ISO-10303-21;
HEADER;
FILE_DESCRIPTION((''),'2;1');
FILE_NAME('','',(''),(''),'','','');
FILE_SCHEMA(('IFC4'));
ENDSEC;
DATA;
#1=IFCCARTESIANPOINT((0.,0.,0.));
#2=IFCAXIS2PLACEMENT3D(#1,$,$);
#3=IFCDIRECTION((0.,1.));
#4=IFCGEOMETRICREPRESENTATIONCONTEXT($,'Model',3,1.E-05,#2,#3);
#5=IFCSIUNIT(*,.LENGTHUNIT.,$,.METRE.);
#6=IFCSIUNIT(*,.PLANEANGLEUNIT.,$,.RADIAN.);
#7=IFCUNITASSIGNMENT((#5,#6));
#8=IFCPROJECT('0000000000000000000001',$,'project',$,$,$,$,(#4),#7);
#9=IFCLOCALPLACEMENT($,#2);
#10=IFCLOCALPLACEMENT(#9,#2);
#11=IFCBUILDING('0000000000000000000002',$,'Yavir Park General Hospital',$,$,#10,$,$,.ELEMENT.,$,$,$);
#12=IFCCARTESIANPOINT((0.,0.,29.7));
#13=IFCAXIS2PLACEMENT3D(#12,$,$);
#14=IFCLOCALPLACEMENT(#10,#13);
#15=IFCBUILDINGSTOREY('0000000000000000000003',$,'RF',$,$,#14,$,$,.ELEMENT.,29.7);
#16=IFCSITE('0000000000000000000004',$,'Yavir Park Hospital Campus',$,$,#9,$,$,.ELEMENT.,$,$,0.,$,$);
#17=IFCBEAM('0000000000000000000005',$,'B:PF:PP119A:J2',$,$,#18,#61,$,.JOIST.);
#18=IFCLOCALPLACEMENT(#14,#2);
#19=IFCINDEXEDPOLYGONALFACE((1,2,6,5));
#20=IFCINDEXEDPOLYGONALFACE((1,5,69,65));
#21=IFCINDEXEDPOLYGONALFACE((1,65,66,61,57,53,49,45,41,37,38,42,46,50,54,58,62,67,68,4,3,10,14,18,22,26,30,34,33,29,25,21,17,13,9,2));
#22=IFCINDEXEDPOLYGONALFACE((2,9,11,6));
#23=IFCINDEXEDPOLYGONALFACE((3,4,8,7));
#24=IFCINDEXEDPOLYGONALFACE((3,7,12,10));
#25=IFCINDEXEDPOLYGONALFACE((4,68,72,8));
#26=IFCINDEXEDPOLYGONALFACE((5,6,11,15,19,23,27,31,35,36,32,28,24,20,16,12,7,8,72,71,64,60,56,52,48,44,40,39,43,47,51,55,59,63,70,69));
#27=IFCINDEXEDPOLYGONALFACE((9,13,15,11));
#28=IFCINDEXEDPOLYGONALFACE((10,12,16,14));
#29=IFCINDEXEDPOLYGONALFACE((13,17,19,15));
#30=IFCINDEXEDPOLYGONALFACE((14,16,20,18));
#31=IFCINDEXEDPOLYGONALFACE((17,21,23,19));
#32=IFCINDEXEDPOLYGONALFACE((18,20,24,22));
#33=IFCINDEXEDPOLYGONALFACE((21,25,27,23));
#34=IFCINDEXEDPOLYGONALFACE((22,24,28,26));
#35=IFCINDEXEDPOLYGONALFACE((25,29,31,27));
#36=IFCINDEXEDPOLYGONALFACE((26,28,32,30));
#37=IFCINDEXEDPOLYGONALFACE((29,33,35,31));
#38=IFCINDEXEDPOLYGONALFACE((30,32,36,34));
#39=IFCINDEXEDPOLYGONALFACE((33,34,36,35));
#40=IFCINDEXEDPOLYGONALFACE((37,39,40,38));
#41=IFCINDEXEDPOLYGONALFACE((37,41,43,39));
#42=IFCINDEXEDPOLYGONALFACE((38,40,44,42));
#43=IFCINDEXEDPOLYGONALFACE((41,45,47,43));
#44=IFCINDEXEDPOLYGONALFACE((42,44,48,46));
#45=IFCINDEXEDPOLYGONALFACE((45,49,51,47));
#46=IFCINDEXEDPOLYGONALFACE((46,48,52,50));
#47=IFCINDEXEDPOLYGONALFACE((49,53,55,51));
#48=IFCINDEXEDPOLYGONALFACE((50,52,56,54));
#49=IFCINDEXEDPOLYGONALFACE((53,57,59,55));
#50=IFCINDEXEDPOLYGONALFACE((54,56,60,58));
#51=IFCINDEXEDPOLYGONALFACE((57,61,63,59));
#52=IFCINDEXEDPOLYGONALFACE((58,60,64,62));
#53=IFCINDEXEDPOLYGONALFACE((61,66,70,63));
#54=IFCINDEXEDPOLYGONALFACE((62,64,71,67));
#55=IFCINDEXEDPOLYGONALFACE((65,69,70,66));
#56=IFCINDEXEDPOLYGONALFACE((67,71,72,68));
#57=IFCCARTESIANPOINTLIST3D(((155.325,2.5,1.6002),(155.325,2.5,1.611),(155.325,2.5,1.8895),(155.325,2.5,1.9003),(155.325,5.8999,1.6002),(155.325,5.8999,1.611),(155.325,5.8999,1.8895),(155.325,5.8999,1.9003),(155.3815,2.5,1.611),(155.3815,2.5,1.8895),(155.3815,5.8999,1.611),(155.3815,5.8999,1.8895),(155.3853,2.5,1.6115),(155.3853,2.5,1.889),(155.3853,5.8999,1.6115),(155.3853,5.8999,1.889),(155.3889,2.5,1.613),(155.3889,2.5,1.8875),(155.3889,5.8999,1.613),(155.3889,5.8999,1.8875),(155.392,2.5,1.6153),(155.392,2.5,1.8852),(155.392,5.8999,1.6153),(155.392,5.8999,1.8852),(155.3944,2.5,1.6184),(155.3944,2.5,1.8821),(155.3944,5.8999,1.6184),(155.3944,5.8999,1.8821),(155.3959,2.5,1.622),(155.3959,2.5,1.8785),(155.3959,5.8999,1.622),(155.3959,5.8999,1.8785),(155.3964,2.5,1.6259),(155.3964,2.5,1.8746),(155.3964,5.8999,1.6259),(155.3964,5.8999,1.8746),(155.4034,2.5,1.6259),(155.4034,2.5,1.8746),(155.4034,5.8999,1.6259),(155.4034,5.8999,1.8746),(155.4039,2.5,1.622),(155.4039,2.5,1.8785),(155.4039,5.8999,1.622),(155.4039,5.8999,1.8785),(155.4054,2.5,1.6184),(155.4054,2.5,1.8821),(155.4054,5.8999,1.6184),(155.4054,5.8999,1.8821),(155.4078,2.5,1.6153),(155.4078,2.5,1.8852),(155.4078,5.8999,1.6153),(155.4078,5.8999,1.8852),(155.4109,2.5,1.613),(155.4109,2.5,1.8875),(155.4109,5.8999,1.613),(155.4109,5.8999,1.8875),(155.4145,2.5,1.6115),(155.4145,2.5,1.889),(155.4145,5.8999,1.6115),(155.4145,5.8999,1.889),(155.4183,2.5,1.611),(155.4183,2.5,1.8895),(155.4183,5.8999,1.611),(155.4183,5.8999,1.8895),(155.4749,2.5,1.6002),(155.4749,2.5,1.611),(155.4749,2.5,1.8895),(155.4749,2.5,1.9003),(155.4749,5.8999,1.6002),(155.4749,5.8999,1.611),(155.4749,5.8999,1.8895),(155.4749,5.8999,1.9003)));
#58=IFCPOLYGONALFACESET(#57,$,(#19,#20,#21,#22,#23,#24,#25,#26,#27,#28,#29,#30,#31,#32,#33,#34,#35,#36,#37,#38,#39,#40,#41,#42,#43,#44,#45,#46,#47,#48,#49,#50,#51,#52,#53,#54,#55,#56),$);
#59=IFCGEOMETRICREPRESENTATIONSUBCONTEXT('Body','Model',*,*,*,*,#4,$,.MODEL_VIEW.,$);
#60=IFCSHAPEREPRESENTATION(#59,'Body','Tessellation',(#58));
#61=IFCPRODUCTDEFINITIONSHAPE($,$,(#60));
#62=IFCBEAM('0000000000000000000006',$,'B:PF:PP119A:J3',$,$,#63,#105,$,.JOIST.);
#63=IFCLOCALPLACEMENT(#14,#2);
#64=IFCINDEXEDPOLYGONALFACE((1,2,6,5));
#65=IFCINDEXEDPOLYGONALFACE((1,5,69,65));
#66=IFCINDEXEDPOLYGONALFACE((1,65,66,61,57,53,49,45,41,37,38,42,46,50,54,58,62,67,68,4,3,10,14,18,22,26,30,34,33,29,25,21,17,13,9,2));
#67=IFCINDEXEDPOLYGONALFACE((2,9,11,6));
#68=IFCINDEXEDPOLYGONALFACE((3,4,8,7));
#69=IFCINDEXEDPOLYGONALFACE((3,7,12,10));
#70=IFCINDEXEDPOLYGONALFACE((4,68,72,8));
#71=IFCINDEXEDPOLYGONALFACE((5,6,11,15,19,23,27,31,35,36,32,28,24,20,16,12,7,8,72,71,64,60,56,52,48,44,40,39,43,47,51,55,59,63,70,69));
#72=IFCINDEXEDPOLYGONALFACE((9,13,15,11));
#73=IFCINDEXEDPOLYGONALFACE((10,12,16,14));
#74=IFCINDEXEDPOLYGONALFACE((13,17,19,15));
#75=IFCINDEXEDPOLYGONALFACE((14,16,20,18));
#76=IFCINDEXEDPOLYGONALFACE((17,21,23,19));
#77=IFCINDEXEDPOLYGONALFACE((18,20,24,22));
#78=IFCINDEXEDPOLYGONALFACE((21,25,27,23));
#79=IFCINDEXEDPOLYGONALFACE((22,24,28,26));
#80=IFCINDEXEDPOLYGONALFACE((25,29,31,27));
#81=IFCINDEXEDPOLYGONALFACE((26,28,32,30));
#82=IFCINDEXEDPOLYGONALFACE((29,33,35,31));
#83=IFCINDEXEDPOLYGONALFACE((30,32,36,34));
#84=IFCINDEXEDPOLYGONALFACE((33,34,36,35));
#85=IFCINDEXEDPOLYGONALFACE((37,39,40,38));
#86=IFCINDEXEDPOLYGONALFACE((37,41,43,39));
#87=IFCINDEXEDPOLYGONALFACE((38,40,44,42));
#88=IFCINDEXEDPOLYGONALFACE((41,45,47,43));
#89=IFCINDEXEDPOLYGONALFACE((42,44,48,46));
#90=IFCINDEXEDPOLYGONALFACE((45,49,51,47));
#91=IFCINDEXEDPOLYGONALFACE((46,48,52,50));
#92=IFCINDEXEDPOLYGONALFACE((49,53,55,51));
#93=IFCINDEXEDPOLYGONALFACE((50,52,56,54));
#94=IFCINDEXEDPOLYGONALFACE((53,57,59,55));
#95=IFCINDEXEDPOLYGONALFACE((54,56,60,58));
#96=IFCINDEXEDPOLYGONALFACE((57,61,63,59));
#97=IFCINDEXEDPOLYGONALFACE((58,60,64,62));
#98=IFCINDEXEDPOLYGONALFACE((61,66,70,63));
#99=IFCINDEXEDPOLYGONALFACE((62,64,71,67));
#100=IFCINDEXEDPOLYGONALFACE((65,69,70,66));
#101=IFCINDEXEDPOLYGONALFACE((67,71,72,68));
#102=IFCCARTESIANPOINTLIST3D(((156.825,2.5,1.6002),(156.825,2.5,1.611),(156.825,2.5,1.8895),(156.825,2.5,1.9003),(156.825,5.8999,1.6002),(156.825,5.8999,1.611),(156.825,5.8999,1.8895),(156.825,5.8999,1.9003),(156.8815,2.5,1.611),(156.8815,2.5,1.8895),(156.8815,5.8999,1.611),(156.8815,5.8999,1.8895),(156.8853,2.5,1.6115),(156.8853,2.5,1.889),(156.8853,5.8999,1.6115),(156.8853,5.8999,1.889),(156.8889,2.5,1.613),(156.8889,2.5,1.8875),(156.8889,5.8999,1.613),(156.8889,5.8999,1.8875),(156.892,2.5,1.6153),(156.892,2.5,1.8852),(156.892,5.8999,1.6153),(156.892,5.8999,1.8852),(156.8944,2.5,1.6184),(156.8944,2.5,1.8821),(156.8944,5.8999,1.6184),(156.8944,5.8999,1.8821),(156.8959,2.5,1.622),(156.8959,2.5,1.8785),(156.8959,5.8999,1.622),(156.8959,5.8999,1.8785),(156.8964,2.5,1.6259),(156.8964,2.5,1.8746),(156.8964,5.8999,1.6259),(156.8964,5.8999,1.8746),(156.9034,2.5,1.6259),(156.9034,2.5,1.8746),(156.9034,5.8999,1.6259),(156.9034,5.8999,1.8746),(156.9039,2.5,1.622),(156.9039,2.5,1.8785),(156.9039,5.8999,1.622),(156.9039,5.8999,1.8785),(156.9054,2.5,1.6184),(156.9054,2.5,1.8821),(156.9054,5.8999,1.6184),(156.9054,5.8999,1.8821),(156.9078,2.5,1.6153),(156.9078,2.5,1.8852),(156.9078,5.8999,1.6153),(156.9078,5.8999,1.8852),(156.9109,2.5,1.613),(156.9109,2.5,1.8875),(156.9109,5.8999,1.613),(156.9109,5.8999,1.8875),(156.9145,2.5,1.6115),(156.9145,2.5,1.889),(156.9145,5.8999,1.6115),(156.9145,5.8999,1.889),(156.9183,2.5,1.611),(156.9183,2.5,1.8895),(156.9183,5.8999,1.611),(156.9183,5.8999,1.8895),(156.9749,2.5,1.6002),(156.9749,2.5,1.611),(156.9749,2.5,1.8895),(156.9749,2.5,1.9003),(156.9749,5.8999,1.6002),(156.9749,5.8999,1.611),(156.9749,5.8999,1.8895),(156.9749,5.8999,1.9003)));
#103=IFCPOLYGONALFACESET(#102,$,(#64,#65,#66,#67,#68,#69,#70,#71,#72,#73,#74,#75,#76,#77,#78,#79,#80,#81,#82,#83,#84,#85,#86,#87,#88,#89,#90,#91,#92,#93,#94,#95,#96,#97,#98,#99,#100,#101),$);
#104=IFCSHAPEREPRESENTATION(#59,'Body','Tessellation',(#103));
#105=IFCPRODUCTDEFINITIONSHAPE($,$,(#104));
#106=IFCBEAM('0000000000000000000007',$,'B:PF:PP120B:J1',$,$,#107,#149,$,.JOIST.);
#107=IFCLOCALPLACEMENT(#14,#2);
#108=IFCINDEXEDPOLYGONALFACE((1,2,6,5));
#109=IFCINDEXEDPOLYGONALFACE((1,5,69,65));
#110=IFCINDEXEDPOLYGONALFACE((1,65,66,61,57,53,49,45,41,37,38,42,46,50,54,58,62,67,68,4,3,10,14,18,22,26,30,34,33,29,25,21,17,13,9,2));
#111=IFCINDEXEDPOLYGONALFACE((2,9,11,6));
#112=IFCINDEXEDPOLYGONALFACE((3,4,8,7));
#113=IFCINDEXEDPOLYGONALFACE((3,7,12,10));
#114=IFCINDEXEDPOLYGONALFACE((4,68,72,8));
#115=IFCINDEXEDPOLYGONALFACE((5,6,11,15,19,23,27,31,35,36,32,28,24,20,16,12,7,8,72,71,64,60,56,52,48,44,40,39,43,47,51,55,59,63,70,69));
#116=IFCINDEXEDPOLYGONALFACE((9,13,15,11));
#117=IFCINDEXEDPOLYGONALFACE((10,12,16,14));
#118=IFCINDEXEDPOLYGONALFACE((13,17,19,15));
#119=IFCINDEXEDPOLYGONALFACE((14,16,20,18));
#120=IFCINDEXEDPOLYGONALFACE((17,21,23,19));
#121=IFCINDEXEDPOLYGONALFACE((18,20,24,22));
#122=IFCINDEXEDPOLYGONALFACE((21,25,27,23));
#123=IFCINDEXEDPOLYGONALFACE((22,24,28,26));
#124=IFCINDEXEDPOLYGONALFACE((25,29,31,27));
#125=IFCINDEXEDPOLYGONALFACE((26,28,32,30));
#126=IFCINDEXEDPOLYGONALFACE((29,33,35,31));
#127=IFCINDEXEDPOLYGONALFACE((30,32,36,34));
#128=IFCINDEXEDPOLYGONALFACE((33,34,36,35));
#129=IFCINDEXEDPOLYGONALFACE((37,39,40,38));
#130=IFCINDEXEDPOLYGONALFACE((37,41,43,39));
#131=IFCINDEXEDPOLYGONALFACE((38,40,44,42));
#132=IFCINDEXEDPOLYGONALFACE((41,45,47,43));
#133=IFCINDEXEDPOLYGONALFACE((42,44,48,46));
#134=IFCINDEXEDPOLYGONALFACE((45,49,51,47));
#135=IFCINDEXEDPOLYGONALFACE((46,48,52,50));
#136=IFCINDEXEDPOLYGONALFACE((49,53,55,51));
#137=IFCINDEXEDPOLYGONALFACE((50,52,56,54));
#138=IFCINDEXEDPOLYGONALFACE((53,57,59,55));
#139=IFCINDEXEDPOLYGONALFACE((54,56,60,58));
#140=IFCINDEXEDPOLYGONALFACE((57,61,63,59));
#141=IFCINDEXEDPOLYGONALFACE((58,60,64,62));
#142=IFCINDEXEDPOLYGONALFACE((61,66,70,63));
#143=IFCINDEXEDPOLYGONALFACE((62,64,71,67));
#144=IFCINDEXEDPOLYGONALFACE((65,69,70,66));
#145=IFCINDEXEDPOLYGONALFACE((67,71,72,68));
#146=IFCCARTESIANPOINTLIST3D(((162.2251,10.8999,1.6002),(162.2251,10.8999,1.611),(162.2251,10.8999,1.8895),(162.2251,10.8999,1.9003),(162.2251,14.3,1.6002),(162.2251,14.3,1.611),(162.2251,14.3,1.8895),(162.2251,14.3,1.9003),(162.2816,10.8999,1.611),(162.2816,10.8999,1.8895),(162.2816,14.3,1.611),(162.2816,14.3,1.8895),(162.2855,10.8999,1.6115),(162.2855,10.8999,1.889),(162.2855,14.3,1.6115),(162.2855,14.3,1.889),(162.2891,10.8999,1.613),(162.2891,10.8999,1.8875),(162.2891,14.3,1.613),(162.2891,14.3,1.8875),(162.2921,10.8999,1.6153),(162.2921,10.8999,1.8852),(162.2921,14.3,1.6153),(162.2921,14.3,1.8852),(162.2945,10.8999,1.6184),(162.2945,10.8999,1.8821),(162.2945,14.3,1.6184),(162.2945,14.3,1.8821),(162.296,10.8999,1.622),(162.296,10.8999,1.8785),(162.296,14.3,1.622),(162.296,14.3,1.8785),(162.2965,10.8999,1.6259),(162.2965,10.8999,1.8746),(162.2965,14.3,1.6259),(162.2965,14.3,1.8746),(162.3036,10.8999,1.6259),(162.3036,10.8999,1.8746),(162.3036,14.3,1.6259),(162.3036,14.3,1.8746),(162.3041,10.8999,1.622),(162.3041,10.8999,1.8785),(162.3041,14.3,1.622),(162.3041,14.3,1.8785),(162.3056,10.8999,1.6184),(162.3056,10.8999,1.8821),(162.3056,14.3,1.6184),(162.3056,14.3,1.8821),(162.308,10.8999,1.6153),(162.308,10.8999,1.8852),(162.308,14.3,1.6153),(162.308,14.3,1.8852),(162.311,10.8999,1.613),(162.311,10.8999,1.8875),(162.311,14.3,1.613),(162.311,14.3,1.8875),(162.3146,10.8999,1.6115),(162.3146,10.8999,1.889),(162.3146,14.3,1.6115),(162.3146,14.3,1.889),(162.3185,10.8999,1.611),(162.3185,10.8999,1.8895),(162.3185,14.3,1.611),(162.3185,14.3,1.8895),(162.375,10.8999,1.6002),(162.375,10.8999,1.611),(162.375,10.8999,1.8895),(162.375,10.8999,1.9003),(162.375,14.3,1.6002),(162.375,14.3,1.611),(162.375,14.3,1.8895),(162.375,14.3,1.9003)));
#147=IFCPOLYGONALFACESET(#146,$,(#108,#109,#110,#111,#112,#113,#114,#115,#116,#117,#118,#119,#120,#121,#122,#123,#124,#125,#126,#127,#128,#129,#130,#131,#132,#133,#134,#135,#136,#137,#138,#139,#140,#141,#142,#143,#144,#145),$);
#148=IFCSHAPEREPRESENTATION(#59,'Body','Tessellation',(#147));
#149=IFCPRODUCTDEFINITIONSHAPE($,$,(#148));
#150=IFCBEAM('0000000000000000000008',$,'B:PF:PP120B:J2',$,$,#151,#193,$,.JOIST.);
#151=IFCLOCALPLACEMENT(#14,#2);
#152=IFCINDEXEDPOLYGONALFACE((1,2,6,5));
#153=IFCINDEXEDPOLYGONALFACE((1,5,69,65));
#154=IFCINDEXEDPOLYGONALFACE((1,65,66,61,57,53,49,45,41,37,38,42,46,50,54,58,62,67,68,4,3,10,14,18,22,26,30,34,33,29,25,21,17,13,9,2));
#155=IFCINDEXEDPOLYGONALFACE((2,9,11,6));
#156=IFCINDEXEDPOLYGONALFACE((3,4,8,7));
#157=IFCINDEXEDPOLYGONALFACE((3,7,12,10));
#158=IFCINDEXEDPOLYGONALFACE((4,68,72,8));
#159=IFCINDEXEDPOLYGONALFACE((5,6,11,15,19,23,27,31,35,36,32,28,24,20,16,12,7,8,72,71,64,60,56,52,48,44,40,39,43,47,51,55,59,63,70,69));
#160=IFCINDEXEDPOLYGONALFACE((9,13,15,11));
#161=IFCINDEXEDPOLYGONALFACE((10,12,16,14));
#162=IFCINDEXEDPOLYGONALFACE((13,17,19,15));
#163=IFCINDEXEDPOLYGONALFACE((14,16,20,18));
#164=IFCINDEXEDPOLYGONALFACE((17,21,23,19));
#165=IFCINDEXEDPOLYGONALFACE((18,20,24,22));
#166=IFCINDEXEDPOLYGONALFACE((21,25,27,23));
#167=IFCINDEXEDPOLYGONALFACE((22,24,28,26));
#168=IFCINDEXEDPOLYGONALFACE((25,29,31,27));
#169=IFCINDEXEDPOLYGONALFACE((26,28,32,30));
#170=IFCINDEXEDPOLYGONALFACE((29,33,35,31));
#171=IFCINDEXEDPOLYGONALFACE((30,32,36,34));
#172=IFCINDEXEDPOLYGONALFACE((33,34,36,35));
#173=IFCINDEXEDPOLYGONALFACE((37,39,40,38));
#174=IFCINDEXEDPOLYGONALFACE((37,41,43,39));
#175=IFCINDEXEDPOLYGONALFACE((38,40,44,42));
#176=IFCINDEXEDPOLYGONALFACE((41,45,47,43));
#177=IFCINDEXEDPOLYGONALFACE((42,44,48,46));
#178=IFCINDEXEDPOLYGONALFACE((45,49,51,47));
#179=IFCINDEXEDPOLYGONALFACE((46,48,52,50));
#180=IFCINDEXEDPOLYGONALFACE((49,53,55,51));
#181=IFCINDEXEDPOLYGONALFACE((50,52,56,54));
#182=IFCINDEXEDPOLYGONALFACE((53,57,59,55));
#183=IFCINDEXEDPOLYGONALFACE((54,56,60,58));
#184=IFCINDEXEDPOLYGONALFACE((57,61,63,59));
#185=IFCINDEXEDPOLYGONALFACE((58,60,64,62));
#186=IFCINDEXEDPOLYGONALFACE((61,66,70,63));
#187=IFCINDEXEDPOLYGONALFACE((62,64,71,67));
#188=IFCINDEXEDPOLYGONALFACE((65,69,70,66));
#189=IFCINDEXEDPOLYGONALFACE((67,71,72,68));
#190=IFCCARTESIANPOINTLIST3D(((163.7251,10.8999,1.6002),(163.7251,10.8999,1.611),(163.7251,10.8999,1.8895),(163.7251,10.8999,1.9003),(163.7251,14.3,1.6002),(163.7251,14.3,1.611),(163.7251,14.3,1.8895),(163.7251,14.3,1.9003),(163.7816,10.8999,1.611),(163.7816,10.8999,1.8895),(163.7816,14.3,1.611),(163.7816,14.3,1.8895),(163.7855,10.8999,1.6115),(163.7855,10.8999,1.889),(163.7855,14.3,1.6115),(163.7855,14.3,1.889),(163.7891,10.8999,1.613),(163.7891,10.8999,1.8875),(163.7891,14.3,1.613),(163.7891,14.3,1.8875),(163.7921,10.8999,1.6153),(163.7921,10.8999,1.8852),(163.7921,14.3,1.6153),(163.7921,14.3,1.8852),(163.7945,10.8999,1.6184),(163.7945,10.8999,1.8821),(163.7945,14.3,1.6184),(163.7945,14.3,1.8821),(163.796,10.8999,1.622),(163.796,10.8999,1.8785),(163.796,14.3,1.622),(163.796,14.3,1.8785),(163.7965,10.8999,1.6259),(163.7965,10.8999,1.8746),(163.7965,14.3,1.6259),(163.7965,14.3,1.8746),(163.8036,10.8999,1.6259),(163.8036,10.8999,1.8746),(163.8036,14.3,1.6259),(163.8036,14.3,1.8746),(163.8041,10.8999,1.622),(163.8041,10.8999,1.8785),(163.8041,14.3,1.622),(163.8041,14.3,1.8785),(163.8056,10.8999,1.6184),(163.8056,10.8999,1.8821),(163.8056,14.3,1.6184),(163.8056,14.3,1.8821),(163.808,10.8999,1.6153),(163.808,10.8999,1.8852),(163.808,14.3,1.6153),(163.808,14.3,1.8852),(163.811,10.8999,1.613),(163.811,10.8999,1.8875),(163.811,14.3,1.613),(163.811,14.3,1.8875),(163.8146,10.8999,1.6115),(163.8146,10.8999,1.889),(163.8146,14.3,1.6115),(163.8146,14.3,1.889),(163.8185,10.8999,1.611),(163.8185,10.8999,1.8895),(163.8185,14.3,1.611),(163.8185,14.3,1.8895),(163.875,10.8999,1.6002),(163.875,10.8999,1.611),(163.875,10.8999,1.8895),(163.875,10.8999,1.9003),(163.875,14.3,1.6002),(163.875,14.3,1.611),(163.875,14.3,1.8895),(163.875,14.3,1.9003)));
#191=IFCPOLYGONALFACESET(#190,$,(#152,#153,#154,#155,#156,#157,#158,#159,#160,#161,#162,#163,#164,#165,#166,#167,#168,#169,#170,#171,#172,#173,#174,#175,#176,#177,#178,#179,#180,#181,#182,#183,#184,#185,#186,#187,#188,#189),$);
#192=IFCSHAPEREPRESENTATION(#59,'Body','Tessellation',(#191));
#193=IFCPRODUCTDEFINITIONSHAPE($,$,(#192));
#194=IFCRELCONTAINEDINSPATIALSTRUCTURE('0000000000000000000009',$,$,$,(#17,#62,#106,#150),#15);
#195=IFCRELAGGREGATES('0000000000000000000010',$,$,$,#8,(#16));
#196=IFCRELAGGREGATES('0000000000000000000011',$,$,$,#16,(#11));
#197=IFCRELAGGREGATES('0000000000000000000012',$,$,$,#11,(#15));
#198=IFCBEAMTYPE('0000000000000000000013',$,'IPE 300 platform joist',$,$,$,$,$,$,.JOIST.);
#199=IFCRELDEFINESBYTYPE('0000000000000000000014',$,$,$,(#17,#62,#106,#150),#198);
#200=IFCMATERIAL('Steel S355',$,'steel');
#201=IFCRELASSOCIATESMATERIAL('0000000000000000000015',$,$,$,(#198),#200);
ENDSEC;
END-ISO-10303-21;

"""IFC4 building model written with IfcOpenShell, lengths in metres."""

from ifc_helpers import new_model, si_unit, direction, frame, origin, origin_2d, place, context, subcontext, project, spatial, i_section, extrude, material, material_profile, profile_set, type_object, element, save


model = new_model("IFC4")

# Units and contexts
model_context = context("Model", 3, precision=1e-05, world=origin(), true_north=direction((0.0, 1.0)))
body_context = subcontext(model_context, "Body", "Model", "MODEL_VIEW")
ifc_project = project(units=[si_unit("LENGTHUNIT", "METRE"), si_unit("PLANEANGLEUNIT", "RADIAN")], contexts=[model_context])

# Site, building, storey
site_placement = place(None, origin())
site = spatial("IfcSite", under=ifc_project, at=site_placement, Name="Yavir Park Hospital Campus", CompositionType="ELEMENT", RefElevation=0.0)
building_placement = place(site_placement, origin())
building = spatial("IfcBuilding", under=site, at=building_placement, Name="Yavir Park General Hospital", CompositionType="ELEMENT")
storey_placement = place(building_placement, frame((0.0, 0.0, 29.7)))
storey = spatial("IfcBuildingStorey", under=building, at=storey_placement, Name="RF", CompositionType="ELEMENT", Elevation=29.7)

# Beams
ifc_material_1 = material(Name="Steel S355", Category="steel")
ifc_material_profile_1 = material_profile(ifc_material_1, i_section(OverallWidth=0.1499, OverallDepth=0.3, WebThickness=0.0071, FlangeThickness=0.0107, FilletRadius=0.0149, at=origin_2d()), Name="IPE300")
ifc_profile_set_1 = profile_set([ifc_material_profile_1], Name="Steel S355")
beam_type_1 = type_object("IfcBeamType", Name="IPE 300 platform joist", PredefinedType="JOIST", material=ifc_profile_set_1)
for number, where, z_axis, x_axis, name in (
    (1, (155.3999, 2.5, 1.7502), (0.0, 1.0, 0.0), (-1.0, 0.0, 0.0), "B:PF:PP119A:J2"),
    (2, (156.8999, 2.5, 1.7502), (0.0, 1.0, 0.0), (-1.0, 0.0, 0.0), "B:PF:PP119A:J3"),
):
    element("IfcBeam", number, at=place(storey_placement, frame(where, z_axis=z_axis, x_axis=x_axis)), inside=storey, type_object=beam_type_1, Name=name, PredefinedType="JOIST", context=body_context, shape_type="SweptSolid", body=[
        extrude(i_section(OverallWidth=0.1499, OverallDepth=0.3, WebThickness=0.0071, FlangeThickness=0.0107, FilletRadius=0.0149, at=origin_2d()), origin(), (0.0, 0.0, 1.0), 3.3999),
    ])
for number, where, z_axis, x_axis, name in (
    (3, (162.3, 10.8999, 1.7502), (0.0, 1.0, 0.0), (-1.0, 0.0, 0.0), "B:PF:PP120B:J1"),
    (4, (163.8, 10.8999, 1.7502), (0.0, 1.0, 0.0), (-1.0, 0.0, 0.0), "B:PF:PP120B:J2"),
):
    element("IfcBeam", number, at=place(storey_placement, frame(where, z_axis=z_axis, x_axis=x_axis)), inside=storey, type_object=beam_type_1, Name=name, PredefinedType="JOIST", context=body_context, shape_type="SweptSolid", body=[
        extrude(i_section(OverallWidth=0.1499, OverallDepth=0.3, WebThickness=0.0071, FlangeThickness=0.0107, FilletRadius=0.0149, at=origin_2d()), origin(), (0.0, 0.0, 1.0), 3.4001),
    ])

save(model, "model.ifc")
